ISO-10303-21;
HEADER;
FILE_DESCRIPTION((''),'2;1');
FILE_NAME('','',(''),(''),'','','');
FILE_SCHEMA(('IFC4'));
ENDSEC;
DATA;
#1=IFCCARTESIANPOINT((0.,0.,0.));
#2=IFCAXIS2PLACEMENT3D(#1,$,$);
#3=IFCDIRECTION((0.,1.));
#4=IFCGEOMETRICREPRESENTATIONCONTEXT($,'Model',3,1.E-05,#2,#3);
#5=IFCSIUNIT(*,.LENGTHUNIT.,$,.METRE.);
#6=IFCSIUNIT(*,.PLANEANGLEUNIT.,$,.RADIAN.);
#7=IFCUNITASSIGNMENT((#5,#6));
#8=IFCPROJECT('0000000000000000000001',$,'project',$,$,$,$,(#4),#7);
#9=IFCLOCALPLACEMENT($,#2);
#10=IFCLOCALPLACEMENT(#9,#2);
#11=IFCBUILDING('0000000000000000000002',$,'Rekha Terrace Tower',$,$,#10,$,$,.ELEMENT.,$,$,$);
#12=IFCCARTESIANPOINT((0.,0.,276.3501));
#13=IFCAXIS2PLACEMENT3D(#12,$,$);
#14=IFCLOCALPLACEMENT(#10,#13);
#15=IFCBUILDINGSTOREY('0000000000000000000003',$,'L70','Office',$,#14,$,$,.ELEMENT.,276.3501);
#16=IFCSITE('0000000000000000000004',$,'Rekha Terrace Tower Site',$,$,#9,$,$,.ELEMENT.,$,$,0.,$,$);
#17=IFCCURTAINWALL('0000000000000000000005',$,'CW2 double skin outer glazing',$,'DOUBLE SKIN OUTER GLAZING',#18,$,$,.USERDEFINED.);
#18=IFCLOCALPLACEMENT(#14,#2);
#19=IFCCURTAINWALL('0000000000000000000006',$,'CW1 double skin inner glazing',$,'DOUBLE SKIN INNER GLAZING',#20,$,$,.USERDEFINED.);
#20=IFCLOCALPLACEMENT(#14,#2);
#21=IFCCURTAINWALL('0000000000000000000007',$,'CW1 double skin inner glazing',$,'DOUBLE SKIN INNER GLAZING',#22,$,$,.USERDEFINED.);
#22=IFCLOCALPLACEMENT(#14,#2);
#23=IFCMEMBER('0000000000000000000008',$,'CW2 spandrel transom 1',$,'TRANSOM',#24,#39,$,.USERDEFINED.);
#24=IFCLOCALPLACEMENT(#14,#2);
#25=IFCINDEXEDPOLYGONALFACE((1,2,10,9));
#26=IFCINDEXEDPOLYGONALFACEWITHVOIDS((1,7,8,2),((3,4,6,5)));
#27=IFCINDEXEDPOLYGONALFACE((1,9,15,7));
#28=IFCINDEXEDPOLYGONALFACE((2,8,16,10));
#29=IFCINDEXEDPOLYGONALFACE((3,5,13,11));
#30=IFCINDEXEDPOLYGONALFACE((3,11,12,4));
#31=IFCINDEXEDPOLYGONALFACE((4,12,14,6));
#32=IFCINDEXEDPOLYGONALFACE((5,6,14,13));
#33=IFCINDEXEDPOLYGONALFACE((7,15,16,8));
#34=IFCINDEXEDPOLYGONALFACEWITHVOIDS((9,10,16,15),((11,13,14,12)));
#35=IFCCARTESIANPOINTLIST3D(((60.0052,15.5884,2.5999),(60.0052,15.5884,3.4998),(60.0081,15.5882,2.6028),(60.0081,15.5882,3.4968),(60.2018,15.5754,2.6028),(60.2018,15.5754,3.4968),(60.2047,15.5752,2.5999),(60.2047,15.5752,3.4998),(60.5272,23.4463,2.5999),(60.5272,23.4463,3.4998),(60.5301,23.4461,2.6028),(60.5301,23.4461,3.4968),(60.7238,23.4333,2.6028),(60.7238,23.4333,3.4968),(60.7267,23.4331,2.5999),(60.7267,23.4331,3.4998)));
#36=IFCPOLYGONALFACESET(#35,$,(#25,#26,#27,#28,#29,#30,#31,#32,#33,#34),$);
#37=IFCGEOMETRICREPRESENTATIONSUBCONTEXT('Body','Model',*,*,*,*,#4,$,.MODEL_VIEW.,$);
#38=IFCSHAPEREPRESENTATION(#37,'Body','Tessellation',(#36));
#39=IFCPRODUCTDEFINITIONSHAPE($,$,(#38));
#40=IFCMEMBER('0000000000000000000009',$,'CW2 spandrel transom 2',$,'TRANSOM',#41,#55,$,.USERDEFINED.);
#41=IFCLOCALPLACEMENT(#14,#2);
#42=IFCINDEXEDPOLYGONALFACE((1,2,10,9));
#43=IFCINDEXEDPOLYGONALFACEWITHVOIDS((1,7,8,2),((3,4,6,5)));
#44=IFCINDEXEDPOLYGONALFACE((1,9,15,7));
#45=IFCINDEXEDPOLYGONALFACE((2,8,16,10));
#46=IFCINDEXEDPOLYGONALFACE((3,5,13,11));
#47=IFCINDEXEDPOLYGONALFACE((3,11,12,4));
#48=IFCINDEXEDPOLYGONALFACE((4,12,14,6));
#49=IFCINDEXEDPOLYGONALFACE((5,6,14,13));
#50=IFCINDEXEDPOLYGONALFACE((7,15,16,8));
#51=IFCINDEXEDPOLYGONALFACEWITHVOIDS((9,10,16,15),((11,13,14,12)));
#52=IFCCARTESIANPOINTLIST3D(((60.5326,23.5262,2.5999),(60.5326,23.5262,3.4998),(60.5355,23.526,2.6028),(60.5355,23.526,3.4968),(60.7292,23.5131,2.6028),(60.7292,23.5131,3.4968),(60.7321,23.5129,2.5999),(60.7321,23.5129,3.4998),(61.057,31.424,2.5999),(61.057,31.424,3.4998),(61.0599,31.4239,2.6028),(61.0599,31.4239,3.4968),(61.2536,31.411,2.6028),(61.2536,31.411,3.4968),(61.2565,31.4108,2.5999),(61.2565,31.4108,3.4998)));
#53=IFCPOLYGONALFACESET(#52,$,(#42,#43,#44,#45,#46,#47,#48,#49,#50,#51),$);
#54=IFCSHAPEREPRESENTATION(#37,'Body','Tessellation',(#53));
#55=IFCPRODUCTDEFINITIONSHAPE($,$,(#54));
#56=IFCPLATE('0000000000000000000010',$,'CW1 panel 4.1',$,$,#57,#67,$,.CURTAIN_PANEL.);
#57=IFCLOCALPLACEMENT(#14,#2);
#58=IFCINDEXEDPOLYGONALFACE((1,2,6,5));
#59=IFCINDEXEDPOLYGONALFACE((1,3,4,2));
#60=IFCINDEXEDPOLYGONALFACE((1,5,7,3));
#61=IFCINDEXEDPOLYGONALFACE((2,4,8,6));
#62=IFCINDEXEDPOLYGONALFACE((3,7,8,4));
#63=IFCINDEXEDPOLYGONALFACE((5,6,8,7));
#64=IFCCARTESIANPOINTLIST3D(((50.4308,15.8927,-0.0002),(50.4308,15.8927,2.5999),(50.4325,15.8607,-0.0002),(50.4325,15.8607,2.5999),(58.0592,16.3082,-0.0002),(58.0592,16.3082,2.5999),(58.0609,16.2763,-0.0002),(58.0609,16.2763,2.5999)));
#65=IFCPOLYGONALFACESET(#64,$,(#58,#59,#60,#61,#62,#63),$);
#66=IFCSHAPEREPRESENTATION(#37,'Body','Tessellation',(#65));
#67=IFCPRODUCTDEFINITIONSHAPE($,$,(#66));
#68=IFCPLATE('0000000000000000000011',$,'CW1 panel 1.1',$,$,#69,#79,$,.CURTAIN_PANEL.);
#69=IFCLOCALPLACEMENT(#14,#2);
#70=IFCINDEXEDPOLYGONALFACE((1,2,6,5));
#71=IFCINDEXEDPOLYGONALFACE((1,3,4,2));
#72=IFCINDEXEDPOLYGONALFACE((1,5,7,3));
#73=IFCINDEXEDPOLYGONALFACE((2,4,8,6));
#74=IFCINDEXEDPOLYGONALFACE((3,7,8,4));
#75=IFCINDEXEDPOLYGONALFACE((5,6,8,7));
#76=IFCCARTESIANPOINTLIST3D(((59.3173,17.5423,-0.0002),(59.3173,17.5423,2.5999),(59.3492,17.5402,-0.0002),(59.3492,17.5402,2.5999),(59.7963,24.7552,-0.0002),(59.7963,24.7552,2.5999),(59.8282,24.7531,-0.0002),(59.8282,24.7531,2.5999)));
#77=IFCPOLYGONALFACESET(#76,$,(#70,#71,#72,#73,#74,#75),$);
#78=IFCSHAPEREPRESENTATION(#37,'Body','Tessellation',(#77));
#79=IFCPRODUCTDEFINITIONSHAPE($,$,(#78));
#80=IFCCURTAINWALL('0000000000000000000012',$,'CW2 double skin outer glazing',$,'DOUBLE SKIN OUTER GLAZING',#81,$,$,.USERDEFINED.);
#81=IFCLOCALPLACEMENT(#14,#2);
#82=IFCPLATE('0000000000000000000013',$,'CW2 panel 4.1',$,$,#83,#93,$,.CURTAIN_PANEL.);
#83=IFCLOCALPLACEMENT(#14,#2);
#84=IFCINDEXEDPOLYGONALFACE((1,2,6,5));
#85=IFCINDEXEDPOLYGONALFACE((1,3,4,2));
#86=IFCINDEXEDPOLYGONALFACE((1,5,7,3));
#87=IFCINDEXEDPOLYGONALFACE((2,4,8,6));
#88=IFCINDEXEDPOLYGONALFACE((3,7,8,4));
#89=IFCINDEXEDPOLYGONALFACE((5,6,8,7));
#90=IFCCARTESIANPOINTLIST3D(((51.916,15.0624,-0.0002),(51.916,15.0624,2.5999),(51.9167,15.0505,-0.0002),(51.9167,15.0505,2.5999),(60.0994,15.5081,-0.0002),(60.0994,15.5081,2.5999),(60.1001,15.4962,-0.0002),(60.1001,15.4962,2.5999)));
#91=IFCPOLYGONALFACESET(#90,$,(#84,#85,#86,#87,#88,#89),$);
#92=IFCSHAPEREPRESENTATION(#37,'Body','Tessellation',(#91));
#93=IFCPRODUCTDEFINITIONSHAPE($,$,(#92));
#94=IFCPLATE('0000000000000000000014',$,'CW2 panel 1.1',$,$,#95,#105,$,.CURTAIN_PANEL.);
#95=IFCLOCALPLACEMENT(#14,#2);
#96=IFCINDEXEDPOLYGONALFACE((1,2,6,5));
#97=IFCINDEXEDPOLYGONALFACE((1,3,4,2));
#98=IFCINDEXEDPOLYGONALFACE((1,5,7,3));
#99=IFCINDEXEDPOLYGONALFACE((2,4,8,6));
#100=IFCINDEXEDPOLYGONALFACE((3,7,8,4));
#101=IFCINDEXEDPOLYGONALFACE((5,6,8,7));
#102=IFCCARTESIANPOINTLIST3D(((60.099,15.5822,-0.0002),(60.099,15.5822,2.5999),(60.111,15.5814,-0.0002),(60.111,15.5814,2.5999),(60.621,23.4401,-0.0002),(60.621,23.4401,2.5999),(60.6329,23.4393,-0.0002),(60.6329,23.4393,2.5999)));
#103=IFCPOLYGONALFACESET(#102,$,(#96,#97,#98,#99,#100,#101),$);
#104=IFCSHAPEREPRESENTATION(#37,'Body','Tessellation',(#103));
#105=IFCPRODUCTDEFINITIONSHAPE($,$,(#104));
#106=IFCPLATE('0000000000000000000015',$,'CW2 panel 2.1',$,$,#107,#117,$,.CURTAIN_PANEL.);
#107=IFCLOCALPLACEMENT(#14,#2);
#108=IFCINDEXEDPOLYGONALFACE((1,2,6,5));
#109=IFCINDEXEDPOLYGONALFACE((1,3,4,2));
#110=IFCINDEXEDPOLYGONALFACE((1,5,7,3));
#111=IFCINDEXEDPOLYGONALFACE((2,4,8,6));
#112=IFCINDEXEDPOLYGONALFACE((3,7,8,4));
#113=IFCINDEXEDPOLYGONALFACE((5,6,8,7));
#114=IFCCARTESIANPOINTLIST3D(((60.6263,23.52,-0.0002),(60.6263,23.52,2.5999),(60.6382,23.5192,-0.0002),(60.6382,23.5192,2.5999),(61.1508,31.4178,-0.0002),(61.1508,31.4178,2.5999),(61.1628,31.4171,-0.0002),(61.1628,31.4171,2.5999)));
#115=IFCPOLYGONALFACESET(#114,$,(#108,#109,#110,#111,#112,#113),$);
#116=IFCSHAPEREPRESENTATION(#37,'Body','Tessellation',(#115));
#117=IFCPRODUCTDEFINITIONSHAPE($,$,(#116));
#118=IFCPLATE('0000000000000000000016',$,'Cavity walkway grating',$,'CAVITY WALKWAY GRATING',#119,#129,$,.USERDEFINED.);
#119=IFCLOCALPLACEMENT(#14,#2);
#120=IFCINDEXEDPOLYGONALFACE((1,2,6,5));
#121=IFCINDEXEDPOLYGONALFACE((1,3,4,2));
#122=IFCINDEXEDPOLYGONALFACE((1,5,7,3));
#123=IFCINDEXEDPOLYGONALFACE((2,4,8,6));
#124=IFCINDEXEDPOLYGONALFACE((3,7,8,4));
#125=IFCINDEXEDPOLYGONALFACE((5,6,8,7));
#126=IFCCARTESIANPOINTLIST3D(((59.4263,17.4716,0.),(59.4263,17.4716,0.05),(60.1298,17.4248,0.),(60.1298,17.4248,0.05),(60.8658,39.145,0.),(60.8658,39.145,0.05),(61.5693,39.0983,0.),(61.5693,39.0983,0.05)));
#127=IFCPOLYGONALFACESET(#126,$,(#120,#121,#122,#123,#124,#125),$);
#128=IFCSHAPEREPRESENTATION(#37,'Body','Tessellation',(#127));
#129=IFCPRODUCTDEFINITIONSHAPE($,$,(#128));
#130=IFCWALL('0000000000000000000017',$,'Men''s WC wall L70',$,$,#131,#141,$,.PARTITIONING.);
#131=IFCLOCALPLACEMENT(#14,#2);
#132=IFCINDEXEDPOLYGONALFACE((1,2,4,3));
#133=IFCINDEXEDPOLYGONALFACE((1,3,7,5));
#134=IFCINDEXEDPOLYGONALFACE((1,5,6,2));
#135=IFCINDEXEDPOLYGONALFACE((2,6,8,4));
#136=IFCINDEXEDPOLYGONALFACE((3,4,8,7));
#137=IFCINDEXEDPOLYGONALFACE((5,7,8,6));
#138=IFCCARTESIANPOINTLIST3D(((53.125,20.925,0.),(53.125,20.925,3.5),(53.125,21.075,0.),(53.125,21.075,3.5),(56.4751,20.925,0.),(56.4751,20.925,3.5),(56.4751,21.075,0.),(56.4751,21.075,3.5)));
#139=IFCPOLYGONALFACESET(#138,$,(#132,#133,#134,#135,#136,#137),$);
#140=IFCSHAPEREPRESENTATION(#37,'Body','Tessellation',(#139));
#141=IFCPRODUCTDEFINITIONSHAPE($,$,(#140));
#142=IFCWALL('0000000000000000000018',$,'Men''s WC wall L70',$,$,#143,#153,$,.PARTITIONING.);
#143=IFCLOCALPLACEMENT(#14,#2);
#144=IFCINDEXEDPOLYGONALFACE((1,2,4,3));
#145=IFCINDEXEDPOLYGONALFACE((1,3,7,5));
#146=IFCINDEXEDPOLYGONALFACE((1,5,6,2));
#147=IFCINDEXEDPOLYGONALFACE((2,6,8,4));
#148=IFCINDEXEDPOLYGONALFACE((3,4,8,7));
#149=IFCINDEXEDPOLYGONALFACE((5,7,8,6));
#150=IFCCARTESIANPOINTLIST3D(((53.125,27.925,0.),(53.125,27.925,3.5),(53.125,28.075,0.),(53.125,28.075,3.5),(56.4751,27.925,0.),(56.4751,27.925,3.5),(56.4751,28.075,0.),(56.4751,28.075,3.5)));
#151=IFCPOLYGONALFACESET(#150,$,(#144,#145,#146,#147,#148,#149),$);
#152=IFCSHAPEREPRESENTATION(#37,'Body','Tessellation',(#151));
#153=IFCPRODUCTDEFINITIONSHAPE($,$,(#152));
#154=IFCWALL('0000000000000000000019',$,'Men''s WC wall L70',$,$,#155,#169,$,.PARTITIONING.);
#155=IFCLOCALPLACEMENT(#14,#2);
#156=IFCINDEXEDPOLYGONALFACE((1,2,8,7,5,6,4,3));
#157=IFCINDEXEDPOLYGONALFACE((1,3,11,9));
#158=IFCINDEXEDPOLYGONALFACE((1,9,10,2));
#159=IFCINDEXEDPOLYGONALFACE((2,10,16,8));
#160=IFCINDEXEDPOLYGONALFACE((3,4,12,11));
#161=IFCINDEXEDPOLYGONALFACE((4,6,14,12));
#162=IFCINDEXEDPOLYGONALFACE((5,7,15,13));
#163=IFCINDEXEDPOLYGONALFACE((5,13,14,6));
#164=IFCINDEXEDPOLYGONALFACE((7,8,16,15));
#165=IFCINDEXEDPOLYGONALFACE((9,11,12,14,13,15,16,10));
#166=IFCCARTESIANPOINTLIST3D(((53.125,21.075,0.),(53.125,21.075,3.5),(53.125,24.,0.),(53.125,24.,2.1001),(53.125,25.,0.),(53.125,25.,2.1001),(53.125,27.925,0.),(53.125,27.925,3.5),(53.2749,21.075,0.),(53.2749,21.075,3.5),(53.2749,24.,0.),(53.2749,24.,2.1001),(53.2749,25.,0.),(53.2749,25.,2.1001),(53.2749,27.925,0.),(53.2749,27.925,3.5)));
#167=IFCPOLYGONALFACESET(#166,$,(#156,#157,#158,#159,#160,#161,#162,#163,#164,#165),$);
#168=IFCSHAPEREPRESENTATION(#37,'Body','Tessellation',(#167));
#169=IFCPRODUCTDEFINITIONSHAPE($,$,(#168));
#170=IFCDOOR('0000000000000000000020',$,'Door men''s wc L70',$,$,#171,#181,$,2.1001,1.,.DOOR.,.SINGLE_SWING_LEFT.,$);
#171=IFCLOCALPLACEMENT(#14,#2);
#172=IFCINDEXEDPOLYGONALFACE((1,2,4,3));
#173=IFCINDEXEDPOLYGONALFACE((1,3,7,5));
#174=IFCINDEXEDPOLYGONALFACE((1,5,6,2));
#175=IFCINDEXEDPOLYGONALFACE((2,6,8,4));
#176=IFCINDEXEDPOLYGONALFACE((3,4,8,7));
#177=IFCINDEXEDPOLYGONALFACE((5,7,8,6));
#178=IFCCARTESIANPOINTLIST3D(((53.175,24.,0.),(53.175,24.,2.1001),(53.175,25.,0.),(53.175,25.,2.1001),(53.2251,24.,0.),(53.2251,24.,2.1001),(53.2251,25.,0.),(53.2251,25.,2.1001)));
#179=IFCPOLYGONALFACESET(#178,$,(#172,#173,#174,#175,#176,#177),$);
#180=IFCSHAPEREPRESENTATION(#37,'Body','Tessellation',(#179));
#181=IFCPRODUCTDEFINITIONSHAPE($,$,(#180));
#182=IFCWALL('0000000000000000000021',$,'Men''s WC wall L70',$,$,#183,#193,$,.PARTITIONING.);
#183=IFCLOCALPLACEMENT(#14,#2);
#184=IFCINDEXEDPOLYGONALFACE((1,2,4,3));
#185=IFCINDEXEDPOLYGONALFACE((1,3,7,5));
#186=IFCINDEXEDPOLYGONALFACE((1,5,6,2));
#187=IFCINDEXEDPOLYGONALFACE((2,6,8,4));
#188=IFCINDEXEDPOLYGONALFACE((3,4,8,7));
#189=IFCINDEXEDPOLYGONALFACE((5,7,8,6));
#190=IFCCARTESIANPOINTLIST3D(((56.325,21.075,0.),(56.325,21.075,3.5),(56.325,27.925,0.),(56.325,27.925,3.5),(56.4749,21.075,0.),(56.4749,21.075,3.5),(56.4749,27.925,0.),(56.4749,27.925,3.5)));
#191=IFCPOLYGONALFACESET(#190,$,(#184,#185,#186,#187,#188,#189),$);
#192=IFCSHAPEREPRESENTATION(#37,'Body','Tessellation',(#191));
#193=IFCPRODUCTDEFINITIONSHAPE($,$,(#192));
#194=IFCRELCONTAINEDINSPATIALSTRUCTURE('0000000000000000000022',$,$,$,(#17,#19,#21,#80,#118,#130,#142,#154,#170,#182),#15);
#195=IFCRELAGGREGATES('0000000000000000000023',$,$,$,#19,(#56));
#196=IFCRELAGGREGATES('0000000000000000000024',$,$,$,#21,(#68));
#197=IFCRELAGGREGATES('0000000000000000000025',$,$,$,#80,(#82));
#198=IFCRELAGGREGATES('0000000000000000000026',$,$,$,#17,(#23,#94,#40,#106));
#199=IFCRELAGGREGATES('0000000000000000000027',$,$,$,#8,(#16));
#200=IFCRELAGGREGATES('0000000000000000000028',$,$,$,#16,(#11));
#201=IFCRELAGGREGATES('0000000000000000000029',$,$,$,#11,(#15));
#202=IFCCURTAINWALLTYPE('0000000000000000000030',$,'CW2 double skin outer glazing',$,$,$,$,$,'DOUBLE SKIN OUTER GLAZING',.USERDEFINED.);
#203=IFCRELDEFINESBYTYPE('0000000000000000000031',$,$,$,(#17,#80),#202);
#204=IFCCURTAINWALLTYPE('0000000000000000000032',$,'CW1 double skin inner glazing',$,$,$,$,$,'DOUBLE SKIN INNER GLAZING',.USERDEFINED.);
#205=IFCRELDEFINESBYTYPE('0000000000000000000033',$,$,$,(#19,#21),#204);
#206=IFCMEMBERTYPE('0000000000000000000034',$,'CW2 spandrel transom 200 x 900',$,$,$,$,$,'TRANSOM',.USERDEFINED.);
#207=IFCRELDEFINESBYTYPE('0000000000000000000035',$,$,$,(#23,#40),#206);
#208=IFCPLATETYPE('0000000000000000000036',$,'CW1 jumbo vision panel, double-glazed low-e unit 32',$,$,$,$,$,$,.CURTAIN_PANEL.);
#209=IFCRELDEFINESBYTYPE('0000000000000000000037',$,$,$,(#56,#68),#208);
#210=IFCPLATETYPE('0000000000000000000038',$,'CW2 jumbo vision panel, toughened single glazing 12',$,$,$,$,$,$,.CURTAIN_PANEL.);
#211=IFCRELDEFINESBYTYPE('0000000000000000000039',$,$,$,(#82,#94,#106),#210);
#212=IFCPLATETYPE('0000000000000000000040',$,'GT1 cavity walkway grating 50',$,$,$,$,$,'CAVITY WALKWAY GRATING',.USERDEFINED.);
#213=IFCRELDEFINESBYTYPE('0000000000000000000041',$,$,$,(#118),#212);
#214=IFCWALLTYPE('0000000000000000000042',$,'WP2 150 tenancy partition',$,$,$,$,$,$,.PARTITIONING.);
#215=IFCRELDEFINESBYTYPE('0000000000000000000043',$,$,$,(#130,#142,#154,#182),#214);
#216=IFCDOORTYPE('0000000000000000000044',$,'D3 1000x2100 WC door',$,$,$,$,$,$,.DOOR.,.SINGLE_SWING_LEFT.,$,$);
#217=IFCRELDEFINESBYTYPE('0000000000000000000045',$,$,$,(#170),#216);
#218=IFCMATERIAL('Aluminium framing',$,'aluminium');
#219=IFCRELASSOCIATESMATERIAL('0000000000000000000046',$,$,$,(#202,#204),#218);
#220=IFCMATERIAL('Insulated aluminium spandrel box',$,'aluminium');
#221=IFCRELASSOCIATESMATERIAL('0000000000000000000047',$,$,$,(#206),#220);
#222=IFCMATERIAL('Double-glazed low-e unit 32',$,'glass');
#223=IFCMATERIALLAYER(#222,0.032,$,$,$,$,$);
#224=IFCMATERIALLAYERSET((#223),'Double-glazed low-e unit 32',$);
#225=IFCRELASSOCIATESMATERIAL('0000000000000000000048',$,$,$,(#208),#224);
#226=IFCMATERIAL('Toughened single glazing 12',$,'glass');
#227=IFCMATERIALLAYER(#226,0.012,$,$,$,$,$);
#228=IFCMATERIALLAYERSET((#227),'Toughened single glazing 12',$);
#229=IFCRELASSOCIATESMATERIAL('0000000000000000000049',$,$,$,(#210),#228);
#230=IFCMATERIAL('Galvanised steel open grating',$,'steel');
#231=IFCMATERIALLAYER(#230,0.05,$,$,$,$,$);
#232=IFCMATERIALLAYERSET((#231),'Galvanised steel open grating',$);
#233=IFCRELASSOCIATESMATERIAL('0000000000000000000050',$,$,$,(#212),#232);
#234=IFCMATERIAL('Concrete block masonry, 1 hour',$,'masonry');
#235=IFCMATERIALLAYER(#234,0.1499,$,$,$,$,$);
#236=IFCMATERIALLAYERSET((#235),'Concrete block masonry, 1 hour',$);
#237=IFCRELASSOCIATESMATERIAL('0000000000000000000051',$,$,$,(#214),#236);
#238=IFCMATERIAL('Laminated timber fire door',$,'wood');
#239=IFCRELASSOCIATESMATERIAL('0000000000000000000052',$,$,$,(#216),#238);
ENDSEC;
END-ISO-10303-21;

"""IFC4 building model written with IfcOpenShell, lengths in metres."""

from ifc_helpers import new_model, si_unit, direction, frame, frame_2d, origin, origin_2d, place, context, subcontext, project, spatial, rectangle, hollow_rectangle, extrude, material, layer, layer_set, material_profile, profile_set, type_object, element, fill, aggregate, save


model = new_model("IFC4")

# Units and contexts
model_context = context("Model", 3, precision=1e-05, world=origin(), true_north=direction((0.0, 1.0)))
body_context = subcontext(model_context, "Body", "Model", "MODEL_VIEW")
ifc_project = project(units=[si_unit("LENGTHUNIT", "METRE"), si_unit("PLANEANGLEUNIT", "RADIAN")], contexts=[model_context])

# Site, building, storey
site_placement = place(None, origin())
site = spatial("IfcSite", under=ifc_project, at=site_placement, Name="Rekha Terrace Tower Site", CompositionType="ELEMENT", RefElevation=0.0)
building_placement = place(site_placement, origin())
building = spatial("IfcBuilding", under=site, at=building_placement, Name="Rekha Terrace Tower", CompositionType="ELEMENT")
storey_placement = place(building_placement, frame((0.0, 0.0, 276.3501)))
storey = spatial("IfcBuildingStorey", under=building, at=storey_placement, Name="L70", Description="Office", CompositionType="ELEMENT", Elevation=276.3501)

# Curtain walls
ifc_material_1 = material(Name="Aluminium framing", Category="aluminium")
curtain_wall_type_1 = type_object("IfcCurtainWallType", Name="CW2 double skin outer glazing", ElementType="DOUBLE SKIN OUTER GLAZING", PredefinedType="USERDEFINED", material=ifc_material_1)
curtain_wall_1_placement = place(storey_placement, origin())
curtain_wall_1 = element("IfcCurtainWall", 1, at=curtain_wall_1_placement, inside=storey, type_object=curtain_wall_type_1, Name="CW2 double skin outer glazing", ObjectType="DOUBLE SKIN OUTER GLAZING", PredefinedType="USERDEFINED")
curtain_wall_type_2 = type_object("IfcCurtainWallType", Name="CW1 double skin inner glazing", ElementType="DOUBLE SKIN INNER GLAZING", PredefinedType="USERDEFINED", material=ifc_material_1)
curtain_wall_2_placement = place(storey_placement, origin())
curtain_wall_2 = element("IfcCurtainWall", 2, at=curtain_wall_2_placement, inside=storey, type_object=curtain_wall_type_2, Name="CW1 double skin inner glazing", ObjectType="DOUBLE SKIN INNER GLAZING", PredefinedType="USERDEFINED")

# Curtain wall
curtain_wall_3_placement = place(storey_placement, origin())
curtain_wall_3 = element("IfcCurtainWall", 3, at=curtain_wall_3_placement, inside=storey, type_object=curtain_wall_type_2, Name="CW1 double skin inner glazing", ObjectType="DOUBLE SKIN INNER GLAZING", PredefinedType="USERDEFINED")
ifc_material_2 = material(Name="Insulated aluminium spandrel box", Category="aluminium")

# Members
ifc_material_profile_1 = material_profile(ifc_material_2, hollow_rectangle(XDim=0.2, YDim=0.8999, WallThickness=0.0029, at=origin_2d()), Name="AL SPANDREL BOX 200x900")
ifc_profile_set_1 = profile_set([ifc_material_profile_1], Name="Insulated aluminium spandrel box")
member_type_1 = type_object("IfcMemberType", Name="CW2 spandrel transom 200 x 900", ElementType="TRANSOM", PredefinedType="USERDEFINED", material=ifc_profile_set_1)
member_1_placement = place(storey_placement, frame((60.105, 15.5818, 3.0498), z_axis=(0.06628, 0.997801, 0.0), x_axis=(-0.997801, 0.06628, 0.0)))
member_1 = element("IfcMember", 4, at=member_1_placement, type_object=member_type_1, Name="CW2 spandrel transom 1", ObjectType="TRANSOM", PredefinedType="USERDEFINED", context=body_context, shape_type="SweptSolid", body=[
    extrude(hollow_rectangle(XDim=0.2, YDim=0.8999, WallThickness=0.0029, at=origin_2d()), origin(), (0.0, 0.0, 1.0), 7.8752),
])
member_2_placement = place(storey_placement, frame((60.6323, 23.5195, 3.0498), z_axis=(0.066253, 0.997803, 0.0), x_axis=(-0.997803, 0.066253, 0.0)))
member_2 = element("IfcMember", 5, at=member_2_placement, type_object=member_type_1, Name="CW2 spandrel transom 2", ObjectType="TRANSOM", PredefinedType="USERDEFINED", context=body_context, shape_type="SweptSolid", body=[
    extrude(hollow_rectangle(XDim=0.2, YDim=0.8999, WallThickness=0.0029, at=origin_2d()), origin(), (0.0, 0.0, 1.0), 7.9153),
])

# Plates
ifc_material_3 = material(Name="Double-glazed low-e unit 32", Category="glass")
ifc_layer_1 = layer(ifc_material_3, 0.032)
ifc_layer_set_1 = layer_set([ifc_layer_1], Name="Double-glazed low-e unit 32")
plate_type_1 = type_object("IfcPlateType", Name="CW1 jumbo vision panel, double-glazed low-e unit 32", PredefinedType="CURTAIN_PANEL", material=ifc_layer_set_1)
plate_1_placement = place(storey_placement, frame((54.2458, 16.0845, -0.0002), z_axis=(0.0, 0.0, 1.0), x_axis=(0.99852, 0.054389, 0.0)))
plate_1 = element("IfcPlate", 6, at=plate_1_placement, type_object=plate_type_1, Name="CW1 panel 4.1", PredefinedType="CURTAIN_PANEL", context=body_context, shape_type="SweptSolid", body=[
    extrude(rectangle(XDim=7.6396, YDim=0.032, at=origin_2d()), origin(), (0.0, 0.0, 1.0), 2.6001),
])
aggregate(curtain_wall_2, [plate_1])
plate_2_placement = place(storey_placement, frame((59.5728, 21.1477, -0.0002), z_axis=(0.0, 0.0, 1.0), x_axis=(0.066272, 0.997802, 0.0)))
plate_2 = element("IfcPlate", 7, at=plate_2_placement, type_object=plate_type_1, Name="CW1 panel 1.1", PredefinedType="CURTAIN_PANEL", context=body_context, shape_type="SweptSolid", body=[
    extrude(rectangle(XDim=7.2288, YDim=0.032, at=origin_2d()), origin(), (0.0, 0.0, 1.0), 2.6001),
])
aggregate(curtain_wall_3, [plate_2])

# Curtain wall, plate
curtain_wall_4_placement = place(storey_placement, origin())
curtain_wall_4 = element("IfcCurtainWall", 8, at=curtain_wall_4_placement, inside=storey, type_object=curtain_wall_type_1, Name="CW2 double skin outer glazing", ObjectType="DOUBLE SKIN OUTER GLAZING", PredefinedType="USERDEFINED")
ifc_material_4 = material(Name="Toughened single glazing 12", Category="glass")
ifc_layer_2 = layer(ifc_material_4, 0.012)
ifc_layer_set_2 = layer_set([ifc_layer_2], Name="Toughened single glazing 12")
plate_type_2 = type_object("IfcPlateType", Name="CW2 jumbo vision panel, toughened single glazing 12", PredefinedType="CURTAIN_PANEL", material=ifc_layer_set_2)
plate_3_placement = place(storey_placement, frame((56.0081, 15.2793, -0.0002), z_axis=(0.0, 0.0, 1.0), x_axis=(0.99852, 0.054389, 0.0)))
plate_3 = element("IfcPlate", 9, at=plate_3_placement, type_object=plate_type_2, Name="CW2 panel 4.1", PredefinedType="CURTAIN_PANEL", context=body_context, shape_type="SweptSolid", body=[
    extrude(rectangle(XDim=8.1956, YDim=0.012, at=origin_2d()), origin(), (0.0, 0.0, 1.0), 2.6001),
])
aggregate(curtain_wall_4, [plate_3])

# Plates
plate_4_placement = place(storey_placement, frame((60.366, 19.5107, -0.0002), z_axis=(0.0, 0.0, 1.0), x_axis=(0.066272, 0.997802, 0.0)))
plate_4 = element("IfcPlate", 10, at=plate_4_placement, type_object=plate_type_2, Name="CW2 panel 1.1", PredefinedType="CURTAIN_PANEL", context=body_context, shape_type="SweptSolid", body=[
    extrude(rectangle(XDim=7.8752, YDim=0.012, at=origin_2d()), origin(), (0.0, 0.0, 1.0), 2.6001),
])
plate_5_placement = place(storey_placement, frame((60.8945, 27.4685, -0.0002), z_axis=(0.0, 0.0, 1.0), x_axis=(0.066272, 0.997802, 0.0)))
plate_5 = element("IfcPlate", 11, at=plate_5_placement, type_object=plate_type_2, Name="CW2 panel 2.1", PredefinedType="CURTAIN_PANEL", context=body_context, shape_type="SweptSolid", body=[
    extrude(rectangle(XDim=7.9153, YDim=0.012, at=origin_2d()), origin(), (0.0, 0.0, 1.0), 2.6001),
])
aggregate(curtain_wall_1, [member_1, plate_4, member_2, plate_5])
ifc_material_5 = material(Name="Galvanised steel open grating", Category="steel")
ifc_layer_3 = layer(ifc_material_5, 0.05)
ifc_layer_set_3 = layer_set([ifc_layer_3], Name="Galvanised steel open grating")
plate_type_3 = type_object("IfcPlateType", Name="GT1 cavity walkway grating 50", ElementType="CAVITY WALKWAY GRATING", PredefinedType="USERDEFINED", material=ifc_layer_set_3)
plate_6_placement = place(storey_placement, frame((60.4978, 28.2849, 0.0), z_axis=(0.0, 0.0, 1.0), x_axis=(0.066272, 0.997802, 0.0)))
element("IfcPlate", 12, at=plate_6_placement, inside=storey, type_object=plate_type_3, Name="Cavity walkway grating", ObjectType="CAVITY WALKWAY GRATING", PredefinedType="USERDEFINED", context=body_context, shape_type="SweptSolid", body=[
    extrude(rectangle(XDim=21.7212, YDim=0.7051, at=origin_2d()), origin(), (0.0, 0.0, 1.0), 0.05),
])

# Walls
ifc_material_6 = material(Name="Concrete block masonry, 1 hour", Category="masonry")
ifc_layer_4 = layer(ifc_material_6, 0.1499)
ifc_layer_set_4 = layer_set([ifc_layer_4], Name="Concrete block masonry, 1 hour")
wall_type_1 = type_object("IfcWallType", Name="WP2 150 tenancy partition", PredefinedType="PARTITIONING", material=ifc_layer_set_4)
for number, where, z_axis, x_axis, name in (
    (13, (53.125, 21.0, 0.0), (0.0, 0.0, 1.0), (1.0, 0.0, 0.0), "Men's WC wall L70"),
    (14, (53.125, 28.0, 0.0), (0.0, 0.0, 1.0), (1.0, 0.0, 0.0), "Men's WC wall L70"),
):
    element("IfcWall", number, at=place(storey_placement, frame(where, z_axis=z_axis, x_axis=x_axis)), inside=storey, type_object=wall_type_1, Name=name, PredefinedType="PARTITIONING", context=body_context, shape_type="SweptSolid", body=[
        extrude(rectangle(XDim=3.3501, YDim=0.1499, at=frame_2d((1.675, 0.0))), origin(), (0.0, 0.0, 1.0), 3.5),
    ])

# Wall, opening, door
wall_1_placement = place(storey_placement, frame((53.2, 21.075, 0.0), z_axis=(0.0, 0.0, 1.0), x_axis=(0.0, 1.0, 0.0)))
wall_1 = element("IfcWall", 15, at=wall_1_placement, inside=storey, type_object=wall_type_1, Name="Men's WC wall L70", PredefinedType="PARTITIONING", context=body_context, shape_type="SweptSolid", body=[
    extrude(rectangle(XDim=6.8501, YDim=0.1499, at=frame_2d((3.425, 0.0))), origin(), (0.0, 0.0, 1.0), 3.5),
])
opening_placement = place(wall_1_placement, frame((2.925, 0.0, 0.0)))
opening = element("IfcOpeningElement", 16, at=opening_placement, cuts=wall_1, PredefinedType="OPENING", context=body_context, shape_type="SweptSolid", body=[
    extrude(rectangle(XDim=1.0, YDim=2.1001, at=frame_2d((0.5, 1.05))), frame((0.0, 0.085, 0.0), z_axis=(0.0, -1.0, 0.0), x_axis=(1.0, 0.0, 0.0)), (0.0, 0.0, 1.0), 0.1699),
])
ifc_material_7 = material(Name="Laminated timber fire door", Category="wood")
door_type = type_object("IfcDoorType", Name="D3 1000x2100 WC door", OperationType="SINGLE_SWING_LEFT", PredefinedType="DOOR", material=ifc_material_7)
door_placement = place(opening_placement, origin())
door = element("IfcDoor", 17, at=door_placement, inside=storey, type_object=door_type, Name="Door men's wc L70", OperationType="SINGLE_SWING_LEFT", OverallHeight=2.1001, OverallWidth=1.0, PredefinedType="DOOR", context=body_context, shape_type="SweptSolid", body=[
    extrude(rectangle(XDim=1.0, YDim=2.1001, at=frame_2d((0.5, 1.05))), frame((0.0, 0.0249, 0.0), z_axis=(0.0, -1.0, 0.0), x_axis=(1.0, 0.0, 0.0)), (0.0, 0.0, 1.0), 0.05),
])
fill(opening, door)

# Wall
wall_2_placement = place(storey_placement, frame((56.3999, 21.075, 0.0), z_axis=(0.0, 0.0, 1.0), x_axis=(0.0, 1.0, 0.0)))
element("IfcWall", 18, at=wall_2_placement, inside=storey, type_object=wall_type_1, Name="Men's WC wall L70", PredefinedType="PARTITIONING", context=body_context, shape_type="SweptSolid", body=[
    extrude(rectangle(XDim=6.8501, YDim=0.1499, at=frame_2d((3.425, 0.0))), origin(), (0.0, 0.0, 1.0), 3.5),
])

save(model, "model.ifc")
